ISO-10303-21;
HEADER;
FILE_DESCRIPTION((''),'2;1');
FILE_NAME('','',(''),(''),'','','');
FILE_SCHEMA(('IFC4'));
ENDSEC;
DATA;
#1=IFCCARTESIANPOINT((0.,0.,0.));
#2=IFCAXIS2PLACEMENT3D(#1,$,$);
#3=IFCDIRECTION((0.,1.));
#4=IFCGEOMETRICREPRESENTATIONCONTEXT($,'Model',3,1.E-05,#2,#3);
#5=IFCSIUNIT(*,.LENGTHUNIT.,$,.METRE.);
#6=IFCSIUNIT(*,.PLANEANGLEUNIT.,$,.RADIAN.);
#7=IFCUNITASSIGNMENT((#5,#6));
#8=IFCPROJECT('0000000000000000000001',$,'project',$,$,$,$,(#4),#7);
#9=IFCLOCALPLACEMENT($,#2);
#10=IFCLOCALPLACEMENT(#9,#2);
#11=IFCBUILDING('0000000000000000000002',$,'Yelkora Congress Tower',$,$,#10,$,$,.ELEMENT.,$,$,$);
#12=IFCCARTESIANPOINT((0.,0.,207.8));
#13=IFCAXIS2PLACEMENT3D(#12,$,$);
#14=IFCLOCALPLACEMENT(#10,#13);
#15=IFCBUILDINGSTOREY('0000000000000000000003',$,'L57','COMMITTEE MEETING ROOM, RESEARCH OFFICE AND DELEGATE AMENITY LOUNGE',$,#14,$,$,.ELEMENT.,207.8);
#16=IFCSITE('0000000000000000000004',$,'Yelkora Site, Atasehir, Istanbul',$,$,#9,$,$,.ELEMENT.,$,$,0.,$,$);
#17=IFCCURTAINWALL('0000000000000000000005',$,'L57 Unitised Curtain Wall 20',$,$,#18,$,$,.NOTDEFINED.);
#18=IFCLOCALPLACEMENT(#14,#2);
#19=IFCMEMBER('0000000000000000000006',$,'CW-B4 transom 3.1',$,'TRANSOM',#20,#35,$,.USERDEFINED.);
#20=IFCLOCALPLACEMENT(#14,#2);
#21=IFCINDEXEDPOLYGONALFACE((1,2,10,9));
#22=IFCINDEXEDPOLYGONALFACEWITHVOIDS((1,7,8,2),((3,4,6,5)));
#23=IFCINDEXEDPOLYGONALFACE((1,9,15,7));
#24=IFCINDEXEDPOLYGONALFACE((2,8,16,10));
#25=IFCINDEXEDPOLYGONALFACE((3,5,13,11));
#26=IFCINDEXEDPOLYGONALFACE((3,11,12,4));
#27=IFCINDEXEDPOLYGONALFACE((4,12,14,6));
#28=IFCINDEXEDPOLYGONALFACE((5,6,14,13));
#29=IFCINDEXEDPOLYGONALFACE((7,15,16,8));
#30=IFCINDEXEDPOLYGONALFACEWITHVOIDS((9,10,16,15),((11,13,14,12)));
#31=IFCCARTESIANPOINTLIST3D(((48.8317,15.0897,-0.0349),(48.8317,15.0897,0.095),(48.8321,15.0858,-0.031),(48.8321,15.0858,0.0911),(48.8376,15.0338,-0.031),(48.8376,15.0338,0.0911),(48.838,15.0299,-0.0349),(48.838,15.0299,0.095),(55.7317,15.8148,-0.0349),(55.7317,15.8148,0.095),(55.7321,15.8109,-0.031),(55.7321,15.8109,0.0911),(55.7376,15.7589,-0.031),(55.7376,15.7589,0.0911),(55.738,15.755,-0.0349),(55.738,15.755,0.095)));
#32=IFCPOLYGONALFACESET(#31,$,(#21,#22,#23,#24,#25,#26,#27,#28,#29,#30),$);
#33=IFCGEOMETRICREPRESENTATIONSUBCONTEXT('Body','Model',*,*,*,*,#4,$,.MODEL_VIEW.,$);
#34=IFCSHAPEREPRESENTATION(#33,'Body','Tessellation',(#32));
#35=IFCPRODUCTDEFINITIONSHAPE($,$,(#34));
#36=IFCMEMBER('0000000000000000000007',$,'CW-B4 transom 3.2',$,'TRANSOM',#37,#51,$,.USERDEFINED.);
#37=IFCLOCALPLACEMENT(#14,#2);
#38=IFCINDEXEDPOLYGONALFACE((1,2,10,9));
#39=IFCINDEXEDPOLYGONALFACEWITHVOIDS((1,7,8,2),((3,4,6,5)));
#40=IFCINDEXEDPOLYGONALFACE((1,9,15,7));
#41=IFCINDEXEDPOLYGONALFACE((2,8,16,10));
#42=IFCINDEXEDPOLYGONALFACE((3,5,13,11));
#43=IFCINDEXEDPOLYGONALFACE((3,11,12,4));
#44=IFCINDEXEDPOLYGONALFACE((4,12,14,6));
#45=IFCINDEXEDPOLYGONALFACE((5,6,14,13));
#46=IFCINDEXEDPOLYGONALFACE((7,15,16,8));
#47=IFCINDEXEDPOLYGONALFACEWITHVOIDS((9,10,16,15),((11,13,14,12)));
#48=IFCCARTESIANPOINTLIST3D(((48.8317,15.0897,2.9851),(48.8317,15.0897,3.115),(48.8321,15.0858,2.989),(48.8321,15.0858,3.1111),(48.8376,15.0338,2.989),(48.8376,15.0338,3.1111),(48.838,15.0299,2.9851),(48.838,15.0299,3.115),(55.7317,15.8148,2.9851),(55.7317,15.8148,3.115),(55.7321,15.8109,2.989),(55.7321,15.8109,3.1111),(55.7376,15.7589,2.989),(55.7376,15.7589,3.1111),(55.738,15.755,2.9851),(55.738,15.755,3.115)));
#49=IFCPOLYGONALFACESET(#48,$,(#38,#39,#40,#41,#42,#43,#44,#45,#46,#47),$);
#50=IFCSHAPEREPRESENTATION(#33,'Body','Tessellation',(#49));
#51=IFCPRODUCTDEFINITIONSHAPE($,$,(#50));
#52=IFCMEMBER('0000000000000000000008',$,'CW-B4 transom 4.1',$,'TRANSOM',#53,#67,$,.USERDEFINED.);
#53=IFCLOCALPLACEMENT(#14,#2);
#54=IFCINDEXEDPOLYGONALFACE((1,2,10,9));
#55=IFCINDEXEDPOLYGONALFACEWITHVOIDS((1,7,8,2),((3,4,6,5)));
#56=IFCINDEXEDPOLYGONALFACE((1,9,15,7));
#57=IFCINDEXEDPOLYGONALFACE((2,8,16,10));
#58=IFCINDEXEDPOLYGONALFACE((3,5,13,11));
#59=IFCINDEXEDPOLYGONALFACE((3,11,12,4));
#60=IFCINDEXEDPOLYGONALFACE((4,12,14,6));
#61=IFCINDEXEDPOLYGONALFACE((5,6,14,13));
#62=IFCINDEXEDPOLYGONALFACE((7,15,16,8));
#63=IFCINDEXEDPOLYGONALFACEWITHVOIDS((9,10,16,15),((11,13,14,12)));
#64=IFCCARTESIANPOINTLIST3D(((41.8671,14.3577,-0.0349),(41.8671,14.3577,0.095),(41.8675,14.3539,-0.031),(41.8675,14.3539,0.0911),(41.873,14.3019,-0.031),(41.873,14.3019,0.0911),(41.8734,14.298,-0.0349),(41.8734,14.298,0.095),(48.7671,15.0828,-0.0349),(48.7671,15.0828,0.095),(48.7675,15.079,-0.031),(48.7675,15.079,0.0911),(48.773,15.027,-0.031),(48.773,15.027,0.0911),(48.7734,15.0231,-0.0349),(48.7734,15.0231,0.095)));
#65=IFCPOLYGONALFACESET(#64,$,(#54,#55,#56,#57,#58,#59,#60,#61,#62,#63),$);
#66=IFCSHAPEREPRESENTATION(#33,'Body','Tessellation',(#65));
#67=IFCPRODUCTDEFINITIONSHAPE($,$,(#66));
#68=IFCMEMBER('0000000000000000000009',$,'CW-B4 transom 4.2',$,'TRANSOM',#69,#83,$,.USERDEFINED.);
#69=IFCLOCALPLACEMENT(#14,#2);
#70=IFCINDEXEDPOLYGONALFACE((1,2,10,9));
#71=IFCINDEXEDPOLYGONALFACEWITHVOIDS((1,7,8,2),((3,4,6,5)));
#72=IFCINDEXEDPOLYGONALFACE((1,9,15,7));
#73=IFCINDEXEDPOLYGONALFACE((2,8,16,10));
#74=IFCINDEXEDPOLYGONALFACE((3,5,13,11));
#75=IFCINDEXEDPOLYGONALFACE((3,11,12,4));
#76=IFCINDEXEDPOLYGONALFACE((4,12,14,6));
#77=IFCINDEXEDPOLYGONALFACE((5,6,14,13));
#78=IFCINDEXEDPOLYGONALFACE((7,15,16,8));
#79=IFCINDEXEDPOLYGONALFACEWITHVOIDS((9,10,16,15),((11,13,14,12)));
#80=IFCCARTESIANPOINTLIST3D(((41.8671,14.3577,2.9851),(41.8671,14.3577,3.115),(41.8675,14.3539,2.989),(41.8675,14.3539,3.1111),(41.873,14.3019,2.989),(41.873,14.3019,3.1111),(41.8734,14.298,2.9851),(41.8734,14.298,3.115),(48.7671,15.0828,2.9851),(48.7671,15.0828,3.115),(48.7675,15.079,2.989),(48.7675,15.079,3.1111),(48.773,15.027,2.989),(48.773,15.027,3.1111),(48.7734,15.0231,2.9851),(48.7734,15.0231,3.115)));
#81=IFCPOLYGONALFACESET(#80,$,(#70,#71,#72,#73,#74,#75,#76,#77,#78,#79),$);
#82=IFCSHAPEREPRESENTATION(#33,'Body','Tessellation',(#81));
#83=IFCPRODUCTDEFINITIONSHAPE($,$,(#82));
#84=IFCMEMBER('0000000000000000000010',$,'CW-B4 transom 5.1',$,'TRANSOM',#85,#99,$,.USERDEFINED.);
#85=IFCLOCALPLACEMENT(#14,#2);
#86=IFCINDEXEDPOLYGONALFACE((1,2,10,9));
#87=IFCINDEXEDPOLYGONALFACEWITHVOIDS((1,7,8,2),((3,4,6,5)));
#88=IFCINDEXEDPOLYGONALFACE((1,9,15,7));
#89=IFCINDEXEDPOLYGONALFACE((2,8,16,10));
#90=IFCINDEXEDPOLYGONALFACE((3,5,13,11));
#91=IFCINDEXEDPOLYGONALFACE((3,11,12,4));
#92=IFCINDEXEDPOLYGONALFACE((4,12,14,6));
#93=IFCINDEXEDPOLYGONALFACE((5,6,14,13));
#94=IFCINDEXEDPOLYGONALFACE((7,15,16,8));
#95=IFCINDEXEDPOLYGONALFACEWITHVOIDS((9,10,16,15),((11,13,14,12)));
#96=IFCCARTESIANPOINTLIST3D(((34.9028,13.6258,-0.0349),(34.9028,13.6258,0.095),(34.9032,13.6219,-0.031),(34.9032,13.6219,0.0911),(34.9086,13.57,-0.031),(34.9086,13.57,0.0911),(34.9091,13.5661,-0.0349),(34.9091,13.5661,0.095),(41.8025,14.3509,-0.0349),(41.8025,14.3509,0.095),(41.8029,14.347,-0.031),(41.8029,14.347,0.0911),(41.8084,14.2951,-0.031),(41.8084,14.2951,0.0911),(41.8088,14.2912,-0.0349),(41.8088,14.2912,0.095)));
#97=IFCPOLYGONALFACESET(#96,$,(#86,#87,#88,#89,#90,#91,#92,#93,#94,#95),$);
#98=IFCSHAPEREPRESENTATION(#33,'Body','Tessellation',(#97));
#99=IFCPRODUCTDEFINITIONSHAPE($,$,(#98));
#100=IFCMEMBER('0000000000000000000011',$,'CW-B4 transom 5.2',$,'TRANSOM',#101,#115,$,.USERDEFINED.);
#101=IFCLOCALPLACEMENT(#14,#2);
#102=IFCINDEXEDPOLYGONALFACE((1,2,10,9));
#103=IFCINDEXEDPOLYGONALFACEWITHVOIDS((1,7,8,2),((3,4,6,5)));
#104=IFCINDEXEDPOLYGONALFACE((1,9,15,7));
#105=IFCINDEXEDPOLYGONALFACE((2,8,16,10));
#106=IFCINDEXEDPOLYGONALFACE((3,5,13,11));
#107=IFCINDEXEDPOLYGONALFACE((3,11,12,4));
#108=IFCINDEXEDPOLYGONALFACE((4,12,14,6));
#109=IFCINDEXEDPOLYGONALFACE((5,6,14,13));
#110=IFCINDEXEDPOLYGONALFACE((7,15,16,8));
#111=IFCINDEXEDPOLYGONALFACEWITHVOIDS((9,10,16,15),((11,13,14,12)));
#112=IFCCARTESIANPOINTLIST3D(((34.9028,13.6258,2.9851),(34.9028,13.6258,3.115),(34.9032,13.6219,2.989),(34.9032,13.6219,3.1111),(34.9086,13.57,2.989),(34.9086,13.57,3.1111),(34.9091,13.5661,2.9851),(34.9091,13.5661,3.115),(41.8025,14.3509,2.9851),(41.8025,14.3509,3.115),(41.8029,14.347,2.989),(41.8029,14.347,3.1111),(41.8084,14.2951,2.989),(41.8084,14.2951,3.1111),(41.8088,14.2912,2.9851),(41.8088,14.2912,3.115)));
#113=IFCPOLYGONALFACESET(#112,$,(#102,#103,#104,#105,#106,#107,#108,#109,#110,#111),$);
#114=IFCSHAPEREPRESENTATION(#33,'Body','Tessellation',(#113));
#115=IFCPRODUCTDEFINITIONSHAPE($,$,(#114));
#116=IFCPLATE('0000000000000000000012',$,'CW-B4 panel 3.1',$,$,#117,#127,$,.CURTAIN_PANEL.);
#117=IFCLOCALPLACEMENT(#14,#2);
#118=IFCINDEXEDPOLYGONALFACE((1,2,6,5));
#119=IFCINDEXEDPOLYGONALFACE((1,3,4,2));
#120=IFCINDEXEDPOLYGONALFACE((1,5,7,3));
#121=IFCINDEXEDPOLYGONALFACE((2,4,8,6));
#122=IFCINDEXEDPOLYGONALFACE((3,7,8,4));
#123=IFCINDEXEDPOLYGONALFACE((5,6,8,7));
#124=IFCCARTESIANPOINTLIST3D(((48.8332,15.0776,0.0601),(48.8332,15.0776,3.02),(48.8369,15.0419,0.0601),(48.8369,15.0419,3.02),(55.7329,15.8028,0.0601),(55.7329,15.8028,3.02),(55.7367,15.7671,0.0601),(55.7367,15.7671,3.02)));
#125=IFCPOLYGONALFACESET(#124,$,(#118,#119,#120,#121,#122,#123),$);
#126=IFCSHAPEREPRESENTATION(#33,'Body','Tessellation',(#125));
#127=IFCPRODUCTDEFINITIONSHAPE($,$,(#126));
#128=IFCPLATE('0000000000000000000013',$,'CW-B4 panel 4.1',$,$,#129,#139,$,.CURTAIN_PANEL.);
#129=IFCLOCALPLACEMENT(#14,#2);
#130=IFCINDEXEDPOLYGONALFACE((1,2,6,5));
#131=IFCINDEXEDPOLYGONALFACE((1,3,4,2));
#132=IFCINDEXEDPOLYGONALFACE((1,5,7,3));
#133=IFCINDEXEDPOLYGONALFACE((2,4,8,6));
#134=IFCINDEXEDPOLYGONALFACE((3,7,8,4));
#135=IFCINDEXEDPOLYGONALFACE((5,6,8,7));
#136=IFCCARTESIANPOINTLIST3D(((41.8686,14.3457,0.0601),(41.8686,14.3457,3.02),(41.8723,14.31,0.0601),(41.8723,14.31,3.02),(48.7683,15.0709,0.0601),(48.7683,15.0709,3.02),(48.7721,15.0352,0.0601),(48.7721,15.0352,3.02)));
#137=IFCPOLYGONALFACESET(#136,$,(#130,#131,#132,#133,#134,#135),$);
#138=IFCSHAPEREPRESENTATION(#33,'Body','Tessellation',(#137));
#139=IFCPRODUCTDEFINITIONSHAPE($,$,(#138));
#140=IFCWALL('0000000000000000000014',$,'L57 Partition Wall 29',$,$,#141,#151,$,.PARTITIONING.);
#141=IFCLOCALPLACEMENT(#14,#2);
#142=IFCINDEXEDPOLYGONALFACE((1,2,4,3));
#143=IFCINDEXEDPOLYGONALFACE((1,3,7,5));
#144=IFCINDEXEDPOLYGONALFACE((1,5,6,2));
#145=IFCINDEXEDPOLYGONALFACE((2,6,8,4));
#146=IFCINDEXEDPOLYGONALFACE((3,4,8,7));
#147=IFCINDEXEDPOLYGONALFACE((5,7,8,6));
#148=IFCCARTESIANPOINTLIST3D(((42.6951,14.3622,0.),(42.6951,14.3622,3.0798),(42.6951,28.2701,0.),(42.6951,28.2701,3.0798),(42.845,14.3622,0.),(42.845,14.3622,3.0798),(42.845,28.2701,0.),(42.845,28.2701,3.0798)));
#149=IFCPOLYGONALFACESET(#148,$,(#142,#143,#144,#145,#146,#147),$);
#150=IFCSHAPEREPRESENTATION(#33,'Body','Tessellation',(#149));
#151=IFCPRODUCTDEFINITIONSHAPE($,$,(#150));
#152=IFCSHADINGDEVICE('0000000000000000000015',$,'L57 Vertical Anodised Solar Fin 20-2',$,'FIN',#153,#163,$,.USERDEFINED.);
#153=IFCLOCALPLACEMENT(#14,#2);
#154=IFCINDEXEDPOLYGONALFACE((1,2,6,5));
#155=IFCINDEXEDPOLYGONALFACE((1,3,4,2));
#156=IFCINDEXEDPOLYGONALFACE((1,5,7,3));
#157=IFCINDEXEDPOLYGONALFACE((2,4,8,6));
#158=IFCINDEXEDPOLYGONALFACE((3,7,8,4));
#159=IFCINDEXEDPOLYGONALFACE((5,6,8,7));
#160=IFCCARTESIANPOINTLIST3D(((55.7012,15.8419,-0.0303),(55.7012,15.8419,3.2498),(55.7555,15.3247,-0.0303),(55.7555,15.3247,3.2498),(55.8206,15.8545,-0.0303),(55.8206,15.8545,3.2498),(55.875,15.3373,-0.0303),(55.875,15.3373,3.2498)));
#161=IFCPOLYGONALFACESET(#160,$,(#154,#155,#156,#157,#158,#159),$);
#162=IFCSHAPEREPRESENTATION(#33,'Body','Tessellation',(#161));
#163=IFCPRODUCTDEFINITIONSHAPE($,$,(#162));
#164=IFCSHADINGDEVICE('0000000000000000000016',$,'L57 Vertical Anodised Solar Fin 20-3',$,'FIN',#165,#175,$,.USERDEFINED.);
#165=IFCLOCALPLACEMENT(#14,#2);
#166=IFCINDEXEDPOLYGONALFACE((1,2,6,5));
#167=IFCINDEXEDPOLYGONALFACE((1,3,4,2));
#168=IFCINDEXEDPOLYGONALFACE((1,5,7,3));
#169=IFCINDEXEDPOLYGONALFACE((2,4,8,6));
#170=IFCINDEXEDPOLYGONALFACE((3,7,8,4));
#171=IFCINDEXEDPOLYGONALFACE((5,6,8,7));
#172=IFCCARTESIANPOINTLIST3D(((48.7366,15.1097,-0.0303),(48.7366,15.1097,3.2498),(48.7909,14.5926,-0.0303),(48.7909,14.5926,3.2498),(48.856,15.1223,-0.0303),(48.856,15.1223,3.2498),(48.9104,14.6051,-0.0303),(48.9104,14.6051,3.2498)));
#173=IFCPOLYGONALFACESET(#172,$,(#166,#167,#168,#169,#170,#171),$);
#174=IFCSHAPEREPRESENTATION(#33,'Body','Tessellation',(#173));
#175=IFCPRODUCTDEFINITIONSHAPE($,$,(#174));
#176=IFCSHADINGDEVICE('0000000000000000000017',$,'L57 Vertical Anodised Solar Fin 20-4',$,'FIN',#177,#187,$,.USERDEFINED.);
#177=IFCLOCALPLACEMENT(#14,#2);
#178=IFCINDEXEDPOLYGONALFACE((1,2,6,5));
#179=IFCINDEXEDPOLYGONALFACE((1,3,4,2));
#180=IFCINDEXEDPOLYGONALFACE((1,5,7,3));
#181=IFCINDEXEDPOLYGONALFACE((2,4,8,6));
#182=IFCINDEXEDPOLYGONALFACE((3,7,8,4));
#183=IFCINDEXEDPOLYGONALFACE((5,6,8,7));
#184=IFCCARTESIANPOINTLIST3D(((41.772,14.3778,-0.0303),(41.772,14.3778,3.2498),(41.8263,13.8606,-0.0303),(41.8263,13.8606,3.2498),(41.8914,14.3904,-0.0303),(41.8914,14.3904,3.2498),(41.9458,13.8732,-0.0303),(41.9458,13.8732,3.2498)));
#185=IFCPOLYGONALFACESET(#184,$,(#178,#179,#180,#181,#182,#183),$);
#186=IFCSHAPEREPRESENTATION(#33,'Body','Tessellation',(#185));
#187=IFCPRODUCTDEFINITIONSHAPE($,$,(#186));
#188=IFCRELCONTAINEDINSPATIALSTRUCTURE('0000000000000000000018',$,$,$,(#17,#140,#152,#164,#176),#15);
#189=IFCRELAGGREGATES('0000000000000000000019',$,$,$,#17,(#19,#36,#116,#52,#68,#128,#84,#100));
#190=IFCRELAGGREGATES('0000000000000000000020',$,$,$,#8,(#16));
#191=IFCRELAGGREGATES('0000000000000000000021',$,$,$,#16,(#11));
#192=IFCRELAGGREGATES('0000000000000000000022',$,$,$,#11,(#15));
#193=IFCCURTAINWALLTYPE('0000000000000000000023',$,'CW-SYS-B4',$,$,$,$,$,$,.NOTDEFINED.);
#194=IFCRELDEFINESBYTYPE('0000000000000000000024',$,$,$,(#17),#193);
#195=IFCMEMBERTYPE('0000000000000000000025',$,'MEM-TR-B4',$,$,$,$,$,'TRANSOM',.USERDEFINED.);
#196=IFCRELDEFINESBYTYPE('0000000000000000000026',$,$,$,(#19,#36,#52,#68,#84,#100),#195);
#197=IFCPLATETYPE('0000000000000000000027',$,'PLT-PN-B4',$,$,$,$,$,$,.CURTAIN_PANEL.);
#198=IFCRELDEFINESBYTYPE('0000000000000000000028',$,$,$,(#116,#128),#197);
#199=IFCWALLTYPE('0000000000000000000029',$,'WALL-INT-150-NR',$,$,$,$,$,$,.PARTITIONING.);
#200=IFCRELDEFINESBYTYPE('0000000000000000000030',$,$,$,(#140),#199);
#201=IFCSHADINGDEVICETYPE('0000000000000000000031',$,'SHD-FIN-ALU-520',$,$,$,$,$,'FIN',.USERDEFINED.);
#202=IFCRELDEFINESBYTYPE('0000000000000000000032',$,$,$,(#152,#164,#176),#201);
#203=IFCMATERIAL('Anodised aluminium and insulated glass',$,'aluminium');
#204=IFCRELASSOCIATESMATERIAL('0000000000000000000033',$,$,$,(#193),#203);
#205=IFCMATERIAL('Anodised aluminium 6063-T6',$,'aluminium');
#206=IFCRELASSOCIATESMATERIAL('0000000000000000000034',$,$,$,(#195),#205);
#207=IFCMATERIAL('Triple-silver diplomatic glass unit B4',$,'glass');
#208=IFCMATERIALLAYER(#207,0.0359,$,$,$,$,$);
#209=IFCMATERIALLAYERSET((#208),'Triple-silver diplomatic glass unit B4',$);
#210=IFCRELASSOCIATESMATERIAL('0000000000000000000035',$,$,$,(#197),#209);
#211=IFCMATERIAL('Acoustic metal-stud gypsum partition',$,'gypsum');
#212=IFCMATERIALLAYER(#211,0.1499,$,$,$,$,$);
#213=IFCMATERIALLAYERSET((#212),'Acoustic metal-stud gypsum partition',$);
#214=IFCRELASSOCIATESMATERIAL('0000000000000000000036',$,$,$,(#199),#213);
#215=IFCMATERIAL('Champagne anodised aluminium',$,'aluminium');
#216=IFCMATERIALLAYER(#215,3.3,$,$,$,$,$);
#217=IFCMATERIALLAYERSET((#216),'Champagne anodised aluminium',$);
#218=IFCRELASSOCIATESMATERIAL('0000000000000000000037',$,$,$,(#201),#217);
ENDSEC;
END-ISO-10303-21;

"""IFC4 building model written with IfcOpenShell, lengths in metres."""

from ifc_helpers import new_model, si_unit, direction, frame, frame_2d, origin, origin_2d, place, context, subcontext, project, spatial, rectangle, hollow_rectangle, extrude, material, layer, layer_set, material_profile, profile_set, type_object, element, aggregate, save


model = new_model("IFC4")

# Units and contexts
model_context = context("Model", 3, precision=1e-05, world=origin(), true_north=direction((0.0, 1.0)))
body_context = subcontext(model_context, "Body", "Model", "MODEL_VIEW")
ifc_project = project(units=[si_unit("LENGTHUNIT", "METRE"), si_unit("PLANEANGLEUNIT", "RADIAN")], contexts=[model_context])

# Site, building, storey
site_placement = place(None, origin())
site = spatial("IfcSite", under=ifc_project, at=site_placement, Name="Yelkora Site, Atasehir, Istanbul", CompositionType="ELEMENT", RefElevation=0.0)
building_placement = place(site_placement, origin())
building = spatial("IfcBuilding", under=site, at=building_placement, Name="Yelkora Congress Tower", CompositionType="ELEMENT")
storey_placement = place(building_placement, frame((0.0, 0.0, 207.8)))
storey = spatial("IfcBuildingStorey", under=building, at=storey_placement, Name="L57", Description="COMMITTEE MEETING ROOM, RESEARCH OFFICE AND DELEGATE AMENITY LOUNGE", CompositionType="ELEMENT", Elevation=207.8)

# Curtain wall, members, plates
ifc_material_1 = material(Name="Anodised aluminium and insulated glass", Category="aluminium")
curtain_wall_type = type_object("IfcCurtainWallType", Name="CW-SYS-B4", PredefinedType="NOTDEFINED", material=ifc_material_1)
curtain_wall_placement = place(storey_placement, origin())
curtain_wall = element("IfcCurtainWall", 1, at=curtain_wall_placement, inside=storey, type_object=curtain_wall_type, Name="L57 Unitised Curtain Wall 20", PredefinedType="NOTDEFINED")
ifc_material_2 = material(Name="Anodised aluminium 6063-T6", Category="aluminium")
ifc_material_profile_1 = material_profile(ifc_material_2, hollow_rectangle(XDim=0.0601, YDim=0.1299, WallThickness=0.0039, at=origin_2d()), Name="ALU 60x130x4")
ifc_profile_set_1 = profile_set([ifc_material_profile_1], Name="Anodised aluminium 6063-T6")
member_type_1 = type_object("IfcMemberType", Name="MEM-TR-B4", ElementType="TRANSOM", PredefinedType="USERDEFINED", material=ifc_profile_set_1)
member_1_placement = place(storey_placement, frame((55.7349, 15.7849, 0.03), z_axis=(-0.994524, -0.104513, 0.0), x_axis=(0.104513, -0.994524, 0.0)))
member_1 = element("IfcMember", 2, at=member_1_placement, type_object=member_type_1, Name="CW-B4 transom 3.1", ObjectType="TRANSOM", PredefinedType="USERDEFINED", context=body_context, shape_type="SweptSolid", body=[
    extrude(hollow_rectangle(XDim=0.0601, YDim=0.1299, WallThickness=0.0039, at=origin_2d()), origin(), (0.0, 0.0, 1.0), 6.938),
])
member_2_placement = place(storey_placement, frame((55.7349, 15.7849, 3.05), z_axis=(-0.994524, -0.104513, 0.0), x_axis=(0.104513, -0.994524, 0.0)))
member_2 = element("IfcMember", 3, at=member_2_placement, type_object=member_type_1, Name="CW-B4 transom 3.2", ObjectType="TRANSOM", PredefinedType="USERDEFINED", context=body_context, shape_type="SweptSolid", body=[
    extrude(hollow_rectangle(XDim=0.0601, YDim=0.1299, WallThickness=0.0039, at=origin_2d()), origin(), (0.0, 0.0, 1.0), 6.938),
])
member_3_placement = place(storey_placement, frame((48.7703, 15.053, 0.03), z_axis=(-0.994524, -0.104513, 0.0), x_axis=(0.104513, -0.994524, 0.0)))
member_3 = element("IfcMember", 4, at=member_3_placement, type_object=member_type_1, Name="CW-B4 transom 4.1", ObjectType="TRANSOM", PredefinedType="USERDEFINED", context=body_context, shape_type="SweptSolid", body=[
    extrude(hollow_rectangle(XDim=0.0601, YDim=0.1299, WallThickness=0.0039, at=origin_2d()), origin(), (0.0, 0.0, 1.0), 6.938),
])
member_4_placement = place(storey_placement, frame((48.7703, 15.053, 3.05), z_axis=(-0.994524, -0.104513, 0.0), x_axis=(0.104513, -0.994524, 0.0)))
member_4 = element("IfcMember", 5, at=member_4_placement, type_object=member_type_1, Name="CW-B4 transom 4.2", ObjectType="TRANSOM", PredefinedType="USERDEFINED", context=body_context, shape_type="SweptSolid", body=[
    extrude(hollow_rectangle(XDim=0.0601, YDim=0.1299, WallThickness=0.0039, at=origin_2d()), origin(), (0.0, 0.0, 1.0), 6.938),
])
member_5_placement = place(storey_placement, frame((41.8057, 14.321, 0.03), z_axis=(-0.994523, -0.104516, 0.0), x_axis=(0.104516, -0.994523, 0.0)))
member_5 = element("IfcMember", 6, at=member_5_placement, type_object=member_type_1, Name="CW-B4 transom 5.1", ObjectType="TRANSOM", PredefinedType="USERDEFINED", context=body_context, shape_type="SweptSolid", body=[
    extrude(hollow_rectangle(XDim=0.0601, YDim=0.1299, WallThickness=0.0039, at=origin_2d()), origin(), (0.0, 0.0, 1.0), 6.9377),
])
member_6_placement = place(storey_placement, frame((41.8057, 14.321, 3.05), z_axis=(-0.994523, -0.104516, 0.0), x_axis=(0.104516, -0.994523, 0.0)))
member_6 = element("IfcMember", 7, at=member_6_placement, type_object=member_type_1, Name="CW-B4 transom 5.2", ObjectType="TRANSOM", PredefinedType="USERDEFINED", context=body_context, shape_type="SweptSolid", body=[
    extrude(hollow_rectangle(XDim=0.0601, YDim=0.1299, WallThickness=0.0039, at=origin_2d()), origin(), (0.0, 0.0, 1.0), 6.9377),
])
ifc_material_3 = material(Name="Triple-silver diplomatic glass unit B4", Category="glass")
ifc_layer_1 = layer(ifc_material_3, 0.0359)
ifc_layer_set_1 = layer_set([ifc_layer_1], Name="Triple-silver diplomatic glass unit B4")
plate_type = type_object("IfcPlateType", Name="PLT-PN-B4", PredefinedType="CURTAIN_PANEL", material=ifc_layer_set_1)
plate_1_placement = place(storey_placement, frame((52.2849, 15.4224, 0.0601), z_axis=(0.0, 0.0, 1.0), x_axis=(-0.994522, -0.104527, 0.0)))
plate_1 = element("IfcPlate", 8, at=plate_1_placement, type_object=plate_type, Name="CW-B4 panel 3.1", PredefinedType="CURTAIN_PANEL", context=body_context, shape_type="SweptSolid", body=[
    extrude(rectangle(XDim=6.9377, YDim=0.0359, at=origin_2d()), origin(), (0.0, 0.0, 1.0), 2.96),
])
plate_2_placement = place(storey_placement, frame((45.3203, 14.6904, 0.0601), z_axis=(0.0, 0.0, 1.0), x_axis=(-0.994522, -0.104527, 0.0)))
plate_2 = element("IfcPlate", 9, at=plate_2_placement, type_object=plate_type, Name="CW-B4 panel 4.1", PredefinedType="CURTAIN_PANEL", context=body_context, shape_type="SweptSolid", body=[
    extrude(rectangle(XDim=6.9377, YDim=0.0359, at=origin_2d()), origin(), (0.0, 0.0, 1.0), 2.96),
])
aggregate(curtain_wall, [member_1, member_2, plate_1, member_3, member_4, plate_2, member_5, member_6])

# Wall
ifc_material_4 = material(Name="Acoustic metal-stud gypsum partition", Category="gypsum")
ifc_layer_2 = layer(ifc_material_4, 0.1499)
ifc_layer_set_2 = layer_set([ifc_layer_2], Name="Acoustic metal-stud gypsum partition")
wall_type = type_object("IfcWallType", Name="WALL-INT-150-NR", PredefinedType="PARTITIONING", material=ifc_layer_set_2)
wall_placement = place(storey_placement, frame((42.77, 14.3621, 0.0), z_axis=(0.0, 0.0, 1.0), x_axis=(0.0, 1.0, 0.0)))
element("IfcWall", 10, at=wall_placement, inside=storey, type_object=wall_type, Name="L57 Partition Wall 29", PredefinedType="PARTITIONING", context=body_context, shape_type="SweptSolid", body=[
    extrude(rectangle(XDim=13.908, YDim=0.1499, at=frame_2d((6.9541, 0.0))), origin(), (0.0, 0.0, 1.0), 3.0798),
])

# Shading devices
ifc_material_5 = material(Name="Champagne anodised aluminium", Category="aluminium")
ifc_layer_3 = layer(ifc_material_5, 3.3)
ifc_layer_set_3 = layer_set([ifc_layer_3], Name="Champagne anodised aluminium")
shading_device_type = type_object("IfcShadingDeviceType", Name="SHD-FIN-ALU-520", ElementType="FIN", PredefinedType="USERDEFINED", material=ifc_layer_set_3)
for number, where, z_axis, x_axis, name in (
    (11, (55.7881, 15.5896, -0.0303), (0.0, 0.0, 1.0), (-0.994522, -0.104528, 0.0), "L57 Vertical Anodised Solar Fin 20-2"),
    (12, (48.8235, 14.8574, -0.0303), (0.0, 0.0, 1.0), (-0.994522, -0.104528, 0.0), "L57 Vertical Anodised Solar Fin 20-3"),
    (13, (41.8589, 14.1255, -0.0303), (0.0, 0.0, 1.0), (-0.994522, -0.104528, 0.0), "L57 Vertical Anodised Solar Fin 20-4"),
):
    element("IfcShadingDevice", number, at=place(storey_placement, frame(where, z_axis=z_axis, x_axis=x_axis)), inside=storey, type_object=shading_device_type, Name=name, ObjectType="FIN", PredefinedType="USERDEFINED", context=body_context, shape_type="SweptSolid", body=[
        extrude(rectangle(XDim=0.1201, YDim=0.52, at=origin_2d()), origin(), (0.0, 0.0, 1.0), 3.28),
    ])

save(model, "model.ifc")
